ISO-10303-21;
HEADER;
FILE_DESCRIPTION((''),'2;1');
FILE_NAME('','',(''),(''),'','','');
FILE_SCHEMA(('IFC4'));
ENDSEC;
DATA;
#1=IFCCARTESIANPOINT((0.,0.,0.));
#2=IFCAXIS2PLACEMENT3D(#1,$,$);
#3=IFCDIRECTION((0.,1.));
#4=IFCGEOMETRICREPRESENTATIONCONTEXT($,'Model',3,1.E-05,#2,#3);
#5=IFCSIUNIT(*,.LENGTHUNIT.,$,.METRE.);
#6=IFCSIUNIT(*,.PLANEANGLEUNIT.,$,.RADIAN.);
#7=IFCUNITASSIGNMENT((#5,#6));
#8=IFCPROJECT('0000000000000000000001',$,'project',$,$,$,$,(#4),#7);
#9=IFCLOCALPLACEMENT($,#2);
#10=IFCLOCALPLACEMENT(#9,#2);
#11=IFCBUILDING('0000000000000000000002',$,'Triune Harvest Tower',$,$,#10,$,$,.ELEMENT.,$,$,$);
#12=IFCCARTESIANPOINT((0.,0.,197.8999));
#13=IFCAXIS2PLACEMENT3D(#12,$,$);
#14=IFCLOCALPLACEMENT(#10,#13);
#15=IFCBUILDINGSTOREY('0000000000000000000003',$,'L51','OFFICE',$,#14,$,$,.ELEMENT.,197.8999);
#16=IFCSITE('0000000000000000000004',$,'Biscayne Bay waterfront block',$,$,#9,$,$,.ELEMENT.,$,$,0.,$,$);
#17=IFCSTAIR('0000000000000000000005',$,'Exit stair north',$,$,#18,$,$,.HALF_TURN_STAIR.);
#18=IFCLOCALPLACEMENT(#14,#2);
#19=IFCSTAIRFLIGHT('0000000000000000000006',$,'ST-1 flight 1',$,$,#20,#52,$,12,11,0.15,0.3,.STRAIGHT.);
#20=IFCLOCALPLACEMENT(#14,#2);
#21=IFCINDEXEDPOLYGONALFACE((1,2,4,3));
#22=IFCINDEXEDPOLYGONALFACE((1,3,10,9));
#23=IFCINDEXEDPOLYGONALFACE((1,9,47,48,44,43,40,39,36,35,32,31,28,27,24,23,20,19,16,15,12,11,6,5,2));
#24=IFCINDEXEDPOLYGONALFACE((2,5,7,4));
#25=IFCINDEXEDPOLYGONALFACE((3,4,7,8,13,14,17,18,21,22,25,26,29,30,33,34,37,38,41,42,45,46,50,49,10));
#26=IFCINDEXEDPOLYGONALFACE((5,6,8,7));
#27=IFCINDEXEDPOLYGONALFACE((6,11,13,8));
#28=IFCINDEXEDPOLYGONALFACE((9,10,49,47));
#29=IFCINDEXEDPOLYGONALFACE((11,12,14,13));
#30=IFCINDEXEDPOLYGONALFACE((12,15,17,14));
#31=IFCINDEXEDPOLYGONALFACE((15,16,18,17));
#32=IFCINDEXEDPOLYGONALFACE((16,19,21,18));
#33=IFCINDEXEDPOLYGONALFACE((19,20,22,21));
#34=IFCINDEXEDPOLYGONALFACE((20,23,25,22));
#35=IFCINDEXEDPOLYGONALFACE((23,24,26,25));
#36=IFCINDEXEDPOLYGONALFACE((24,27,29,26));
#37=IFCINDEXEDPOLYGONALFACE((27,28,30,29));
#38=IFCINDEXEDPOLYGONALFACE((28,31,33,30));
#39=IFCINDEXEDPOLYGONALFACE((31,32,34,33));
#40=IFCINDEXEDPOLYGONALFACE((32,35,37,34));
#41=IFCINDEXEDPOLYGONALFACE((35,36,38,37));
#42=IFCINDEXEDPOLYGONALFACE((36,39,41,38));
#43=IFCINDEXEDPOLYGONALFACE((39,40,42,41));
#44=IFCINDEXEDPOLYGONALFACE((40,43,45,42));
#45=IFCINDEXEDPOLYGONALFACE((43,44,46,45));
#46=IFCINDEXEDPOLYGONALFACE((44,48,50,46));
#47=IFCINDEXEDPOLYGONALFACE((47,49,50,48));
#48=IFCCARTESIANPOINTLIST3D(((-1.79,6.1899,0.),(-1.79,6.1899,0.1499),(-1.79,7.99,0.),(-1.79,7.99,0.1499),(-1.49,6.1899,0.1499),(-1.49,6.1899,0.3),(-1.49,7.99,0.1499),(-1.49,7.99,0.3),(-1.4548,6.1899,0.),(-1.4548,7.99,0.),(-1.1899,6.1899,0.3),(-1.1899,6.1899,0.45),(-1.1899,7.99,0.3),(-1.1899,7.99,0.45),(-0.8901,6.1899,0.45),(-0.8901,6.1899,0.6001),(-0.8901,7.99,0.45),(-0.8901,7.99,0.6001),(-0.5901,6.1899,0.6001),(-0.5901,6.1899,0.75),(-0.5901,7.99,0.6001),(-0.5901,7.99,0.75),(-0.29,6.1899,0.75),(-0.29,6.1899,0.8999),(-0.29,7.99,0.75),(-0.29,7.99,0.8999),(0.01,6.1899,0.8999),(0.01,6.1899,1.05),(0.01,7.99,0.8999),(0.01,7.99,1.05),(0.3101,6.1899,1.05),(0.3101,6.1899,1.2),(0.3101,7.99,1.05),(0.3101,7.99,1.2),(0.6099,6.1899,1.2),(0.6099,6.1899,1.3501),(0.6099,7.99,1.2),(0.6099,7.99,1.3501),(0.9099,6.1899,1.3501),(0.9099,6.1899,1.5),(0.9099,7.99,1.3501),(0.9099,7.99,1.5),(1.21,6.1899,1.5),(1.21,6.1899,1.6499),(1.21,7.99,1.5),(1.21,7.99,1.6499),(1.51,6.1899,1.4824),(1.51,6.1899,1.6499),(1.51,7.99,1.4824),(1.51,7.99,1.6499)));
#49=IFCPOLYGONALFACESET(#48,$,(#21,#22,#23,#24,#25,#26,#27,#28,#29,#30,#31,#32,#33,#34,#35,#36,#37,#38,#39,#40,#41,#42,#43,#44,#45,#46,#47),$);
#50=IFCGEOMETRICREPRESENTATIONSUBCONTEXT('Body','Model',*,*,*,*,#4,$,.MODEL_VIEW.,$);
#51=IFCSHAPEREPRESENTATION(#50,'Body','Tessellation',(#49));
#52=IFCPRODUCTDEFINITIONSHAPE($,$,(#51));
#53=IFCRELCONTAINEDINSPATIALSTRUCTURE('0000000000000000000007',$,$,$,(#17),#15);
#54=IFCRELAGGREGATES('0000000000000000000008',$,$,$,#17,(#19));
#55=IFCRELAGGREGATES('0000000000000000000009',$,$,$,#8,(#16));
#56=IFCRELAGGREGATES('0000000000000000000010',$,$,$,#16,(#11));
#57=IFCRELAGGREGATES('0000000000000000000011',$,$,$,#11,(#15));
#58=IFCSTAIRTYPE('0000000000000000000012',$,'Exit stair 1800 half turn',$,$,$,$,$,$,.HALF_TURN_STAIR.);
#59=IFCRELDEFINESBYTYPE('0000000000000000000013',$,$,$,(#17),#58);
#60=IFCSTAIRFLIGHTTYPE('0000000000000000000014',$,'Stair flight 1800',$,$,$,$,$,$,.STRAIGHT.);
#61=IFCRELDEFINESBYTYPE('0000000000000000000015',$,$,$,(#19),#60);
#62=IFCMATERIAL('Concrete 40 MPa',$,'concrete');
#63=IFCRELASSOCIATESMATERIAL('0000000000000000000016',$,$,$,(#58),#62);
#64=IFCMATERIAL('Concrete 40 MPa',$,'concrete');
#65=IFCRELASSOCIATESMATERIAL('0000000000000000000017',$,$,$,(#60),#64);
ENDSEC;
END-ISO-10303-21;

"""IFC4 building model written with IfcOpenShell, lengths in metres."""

from ifc_helpers import new_model, si_unit, direction, frame, origin, place, context, subcontext, project, spatial, polyline, outline, extrude, source, transform, mapped, material, type_object, element, aggregate, save


model = new_model("IFC4")

# Units and contexts
model_context = context("Model", 3, precision=1e-05, world=origin(), true_north=direction((0.0, 1.0)))
body_context = subcontext(model_context, "Body", "Model", "MODEL_VIEW")
ifc_project = project(units=[si_unit("LENGTHUNIT", "METRE"), si_unit("PLANEANGLEUNIT", "RADIAN")], contexts=[model_context])

# Site, building, storey
site_placement = place(None, origin())
site = spatial("IfcSite", under=ifc_project, at=site_placement, Name="Biscayne Bay waterfront block", CompositionType="ELEMENT", RefElevation=0.0)
building_placement = place(site_placement, origin())
building = spatial("IfcBuilding", under=site, at=building_placement, Name="Triune Harvest Tower", CompositionType="ELEMENT")
storey_placement = place(building_placement, frame((0.0, 0.0, 197.8999)))
storey = spatial("IfcBuildingStorey", under=building, at=storey_placement, Name="L51", Description="OFFICE", CompositionType="ELEMENT", Elevation=197.8999)

# Stair, stair flight
ifc_material_1 = material(Name="Concrete 40 MPa", Category="concrete")
stair_type = type_object("IfcStairType", Name="Exit stair 1800 half turn", PredefinedType="HALF_TURN_STAIR", material=ifc_material_1)
stair_placement = place(storey_placement, origin())
stair = element("IfcStair", 1, at=stair_placement, inside=storey, type_object=stair_type, Name="Exit stair north", PredefinedType="HALF_TURN_STAIR")
ifc_material_2 = material(Name="Concrete 40 MPa", Category="concrete")
stair_flight_type = type_object("IfcStairFlightType", Name="Stair flight 1800", PredefinedType="STRAIGHT", material=ifc_material_2)
shared_shape_1 = source(origin(), body_context, "Body", "SweptSolid", [
    extrude(outline(polyline([(0.0, 0.0), (0.0, 0.1499), (0.3, 0.1499), (0.3, 0.3), (0.6001, 0.3), (0.6001, 0.45), (0.8999, 0.45), (0.8999, 0.6001), (1.2, 0.6001), (1.2, 0.75), (1.5, 0.75), (1.5, 0.8999), (1.8, 0.8999), (1.8, 1.05), (2.1001, 1.05), (2.1001, 1.2), (2.3999, 1.2), (2.3999, 1.3501), (2.7, 1.3501), (2.7, 1.5), (3.0, 1.5), (3.0, 1.6499), (3.3, 1.6499), (3.3, 1.8), (3.3, 1.4824), (0.3352, 0.0), (0.0, 0.0)])), frame((0.0, 0.8999, 0.0), z_axis=(0.0, -1.0, 0.0), x_axis=(1.0, 0.0, 0.0)), (0.0, 0.0, 1.0), 1.8),
])
stair_flight_placement = place(storey_placement, frame((-1.79, 7.0901, 0.0), z_axis=(0.0, 0.0, 1.0), x_axis=(1.0, 0.0, 0.0)))
stair_flight = element("IfcStairFlight", 2, at=stair_flight_placement, type_object=stair_flight_type, Name="ST-1 flight 1", NumberOfRisers=12, NumberOfTreads=11, PredefinedType="STRAIGHT", RiserHeight=0.15, TreadLength=0.3, context=body_context, shape_type="MappedRepresentation", body=[
    mapped(shared_shape_1, transform((0.0, 0.0, 0.0), scale=1.0)),
])
aggregate(stair, [stair_flight])

save(model, "model.ifc")
